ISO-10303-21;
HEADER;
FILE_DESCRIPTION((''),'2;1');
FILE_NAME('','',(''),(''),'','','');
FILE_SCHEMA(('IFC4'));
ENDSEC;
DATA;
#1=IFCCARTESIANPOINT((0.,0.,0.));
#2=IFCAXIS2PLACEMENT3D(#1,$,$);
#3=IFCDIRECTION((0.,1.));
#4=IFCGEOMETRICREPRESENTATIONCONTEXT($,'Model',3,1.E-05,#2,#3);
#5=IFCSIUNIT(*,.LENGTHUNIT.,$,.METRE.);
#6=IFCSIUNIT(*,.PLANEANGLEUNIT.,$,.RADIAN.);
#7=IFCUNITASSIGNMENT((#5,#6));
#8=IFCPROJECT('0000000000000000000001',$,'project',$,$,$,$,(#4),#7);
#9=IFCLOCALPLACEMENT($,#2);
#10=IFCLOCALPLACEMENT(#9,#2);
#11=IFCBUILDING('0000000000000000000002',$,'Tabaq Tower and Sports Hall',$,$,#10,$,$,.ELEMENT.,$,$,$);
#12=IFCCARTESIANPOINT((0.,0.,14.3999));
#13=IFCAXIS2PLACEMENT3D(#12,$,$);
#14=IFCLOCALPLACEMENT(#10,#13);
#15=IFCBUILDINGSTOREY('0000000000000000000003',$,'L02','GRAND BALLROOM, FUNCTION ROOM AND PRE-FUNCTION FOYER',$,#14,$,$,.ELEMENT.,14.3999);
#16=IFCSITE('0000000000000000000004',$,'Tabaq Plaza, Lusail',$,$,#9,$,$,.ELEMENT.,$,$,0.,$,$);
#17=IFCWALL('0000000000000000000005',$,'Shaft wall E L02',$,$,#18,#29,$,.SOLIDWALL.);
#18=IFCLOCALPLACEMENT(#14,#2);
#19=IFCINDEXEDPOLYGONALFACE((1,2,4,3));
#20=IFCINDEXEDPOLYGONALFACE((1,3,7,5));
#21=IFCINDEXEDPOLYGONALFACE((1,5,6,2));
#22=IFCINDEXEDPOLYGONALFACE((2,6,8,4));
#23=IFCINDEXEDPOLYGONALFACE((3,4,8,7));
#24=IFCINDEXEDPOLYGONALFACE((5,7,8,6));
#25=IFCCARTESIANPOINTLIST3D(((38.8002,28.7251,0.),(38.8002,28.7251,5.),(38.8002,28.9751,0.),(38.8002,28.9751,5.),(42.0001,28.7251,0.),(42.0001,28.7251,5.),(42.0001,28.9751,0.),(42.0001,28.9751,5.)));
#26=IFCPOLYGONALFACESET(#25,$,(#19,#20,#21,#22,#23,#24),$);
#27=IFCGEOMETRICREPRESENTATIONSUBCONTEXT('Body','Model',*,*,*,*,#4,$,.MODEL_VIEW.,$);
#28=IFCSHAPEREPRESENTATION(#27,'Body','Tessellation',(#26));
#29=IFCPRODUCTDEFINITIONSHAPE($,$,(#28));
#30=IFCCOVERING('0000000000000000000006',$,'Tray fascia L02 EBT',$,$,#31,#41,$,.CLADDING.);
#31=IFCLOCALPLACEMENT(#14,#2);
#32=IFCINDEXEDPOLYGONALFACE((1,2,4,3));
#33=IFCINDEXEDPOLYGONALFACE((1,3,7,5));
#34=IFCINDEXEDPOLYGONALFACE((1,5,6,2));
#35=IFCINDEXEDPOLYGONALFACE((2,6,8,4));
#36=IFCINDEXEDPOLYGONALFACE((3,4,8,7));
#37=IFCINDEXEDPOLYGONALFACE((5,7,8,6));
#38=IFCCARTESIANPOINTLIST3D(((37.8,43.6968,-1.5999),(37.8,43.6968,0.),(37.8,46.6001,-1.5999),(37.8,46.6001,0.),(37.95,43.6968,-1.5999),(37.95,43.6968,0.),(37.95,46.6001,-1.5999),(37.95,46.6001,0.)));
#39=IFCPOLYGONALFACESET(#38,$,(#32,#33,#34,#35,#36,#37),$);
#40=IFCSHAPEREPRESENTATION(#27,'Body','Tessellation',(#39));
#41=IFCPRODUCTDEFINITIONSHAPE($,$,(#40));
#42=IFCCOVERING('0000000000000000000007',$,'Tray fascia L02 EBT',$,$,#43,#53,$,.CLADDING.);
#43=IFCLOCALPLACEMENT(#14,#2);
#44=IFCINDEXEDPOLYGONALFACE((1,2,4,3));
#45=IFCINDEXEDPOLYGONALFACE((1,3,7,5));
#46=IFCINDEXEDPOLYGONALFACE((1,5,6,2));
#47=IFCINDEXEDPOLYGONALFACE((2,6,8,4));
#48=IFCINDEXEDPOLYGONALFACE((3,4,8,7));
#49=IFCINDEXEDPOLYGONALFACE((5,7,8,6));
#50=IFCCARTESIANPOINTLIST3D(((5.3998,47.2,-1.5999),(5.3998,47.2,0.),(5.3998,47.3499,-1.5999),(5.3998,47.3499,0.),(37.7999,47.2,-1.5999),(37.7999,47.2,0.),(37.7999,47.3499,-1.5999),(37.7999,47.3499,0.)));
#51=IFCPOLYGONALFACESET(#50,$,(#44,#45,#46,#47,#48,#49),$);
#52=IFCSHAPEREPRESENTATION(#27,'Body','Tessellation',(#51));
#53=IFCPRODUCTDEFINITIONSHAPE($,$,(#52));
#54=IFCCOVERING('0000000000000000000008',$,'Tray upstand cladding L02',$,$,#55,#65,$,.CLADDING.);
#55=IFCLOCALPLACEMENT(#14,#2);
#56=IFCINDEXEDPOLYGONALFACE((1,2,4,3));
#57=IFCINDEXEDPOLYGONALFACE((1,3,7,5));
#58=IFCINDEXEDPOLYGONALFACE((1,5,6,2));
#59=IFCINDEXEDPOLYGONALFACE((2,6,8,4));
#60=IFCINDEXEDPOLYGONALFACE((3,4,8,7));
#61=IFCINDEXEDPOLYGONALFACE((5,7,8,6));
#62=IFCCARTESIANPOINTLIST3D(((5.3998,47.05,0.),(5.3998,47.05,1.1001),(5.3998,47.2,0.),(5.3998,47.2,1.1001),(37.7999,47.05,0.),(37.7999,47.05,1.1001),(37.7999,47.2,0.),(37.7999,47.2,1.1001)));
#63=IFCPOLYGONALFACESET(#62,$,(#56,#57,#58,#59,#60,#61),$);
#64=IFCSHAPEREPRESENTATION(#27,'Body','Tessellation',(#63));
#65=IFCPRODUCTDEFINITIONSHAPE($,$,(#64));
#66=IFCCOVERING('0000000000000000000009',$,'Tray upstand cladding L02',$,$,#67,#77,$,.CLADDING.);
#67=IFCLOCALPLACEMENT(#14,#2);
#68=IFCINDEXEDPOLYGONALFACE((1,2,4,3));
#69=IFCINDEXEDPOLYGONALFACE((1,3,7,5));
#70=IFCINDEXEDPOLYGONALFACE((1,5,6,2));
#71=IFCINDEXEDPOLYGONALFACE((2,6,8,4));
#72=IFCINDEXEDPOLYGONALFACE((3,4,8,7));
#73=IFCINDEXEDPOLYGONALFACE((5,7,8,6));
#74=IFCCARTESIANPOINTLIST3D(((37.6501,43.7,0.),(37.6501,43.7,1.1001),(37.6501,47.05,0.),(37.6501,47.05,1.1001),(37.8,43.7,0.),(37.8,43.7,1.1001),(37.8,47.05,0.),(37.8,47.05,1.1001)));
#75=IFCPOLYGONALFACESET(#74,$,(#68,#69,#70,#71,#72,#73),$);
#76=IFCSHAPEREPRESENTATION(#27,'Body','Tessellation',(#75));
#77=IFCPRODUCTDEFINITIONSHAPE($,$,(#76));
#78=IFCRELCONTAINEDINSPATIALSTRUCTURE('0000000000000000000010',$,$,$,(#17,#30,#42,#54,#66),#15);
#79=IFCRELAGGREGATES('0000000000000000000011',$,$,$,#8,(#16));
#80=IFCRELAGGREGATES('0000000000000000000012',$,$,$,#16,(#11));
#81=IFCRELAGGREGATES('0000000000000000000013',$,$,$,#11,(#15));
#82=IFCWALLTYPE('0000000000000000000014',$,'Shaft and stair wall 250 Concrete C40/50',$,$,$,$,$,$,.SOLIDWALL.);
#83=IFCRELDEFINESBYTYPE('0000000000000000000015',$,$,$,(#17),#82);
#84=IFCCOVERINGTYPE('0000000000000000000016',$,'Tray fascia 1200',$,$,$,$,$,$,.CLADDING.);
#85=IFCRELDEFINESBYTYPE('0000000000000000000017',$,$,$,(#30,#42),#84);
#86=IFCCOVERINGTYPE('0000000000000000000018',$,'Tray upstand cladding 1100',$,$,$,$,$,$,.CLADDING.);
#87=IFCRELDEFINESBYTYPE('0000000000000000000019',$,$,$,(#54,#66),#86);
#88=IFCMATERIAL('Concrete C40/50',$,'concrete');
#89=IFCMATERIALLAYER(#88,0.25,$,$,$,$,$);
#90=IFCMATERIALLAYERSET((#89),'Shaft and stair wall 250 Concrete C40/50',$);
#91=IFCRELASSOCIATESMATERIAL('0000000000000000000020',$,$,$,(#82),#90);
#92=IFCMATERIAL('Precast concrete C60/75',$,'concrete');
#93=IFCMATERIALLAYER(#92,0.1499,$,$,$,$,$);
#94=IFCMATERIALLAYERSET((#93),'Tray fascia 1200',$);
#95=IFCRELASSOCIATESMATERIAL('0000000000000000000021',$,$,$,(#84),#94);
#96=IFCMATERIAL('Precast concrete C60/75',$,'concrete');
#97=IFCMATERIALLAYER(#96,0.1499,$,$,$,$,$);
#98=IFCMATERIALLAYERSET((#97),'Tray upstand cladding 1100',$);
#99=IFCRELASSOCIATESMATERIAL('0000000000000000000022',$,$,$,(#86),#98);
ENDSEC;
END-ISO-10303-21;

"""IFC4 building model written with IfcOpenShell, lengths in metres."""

from ifc_helpers import new_model, si_unit, direction, frame, frame_2d, origin, place, context, subcontext, project, spatial, rectangle, extrude, material, layer, layer_set, type_object, element, save


model = new_model("IFC4")

# Units and contexts
model_context = context("Model", 3, precision=1e-05, world=origin(), true_north=direction((0.0, 1.0)))
body_context = subcontext(model_context, "Body", "Model", "MODEL_VIEW")
ifc_project = project(units=[si_unit("LENGTHUNIT", "METRE"), si_unit("PLANEANGLEUNIT", "RADIAN")], contexts=[model_context])

# Site, building, storey
site_placement = place(None, origin())
site = spatial("IfcSite", under=ifc_project, at=site_placement, Name="Tabaq Plaza, Lusail", CompositionType="ELEMENT", RefElevation=0.0)
building_placement = place(site_placement, origin())
building = spatial("IfcBuilding", under=site, at=building_placement, Name="Tabaq Tower and Sports Hall", CompositionType="ELEMENT")
storey_placement = place(building_placement, frame((0.0, 0.0, 14.3999)))
storey = spatial("IfcBuildingStorey", under=building, at=storey_placement, Name="L02", Description="GRAND BALLROOM, FUNCTION ROOM AND PRE-FUNCTION FOYER", CompositionType="ELEMENT", Elevation=14.3999)

# Wall
ifc_material_1 = material(Name="Concrete C40/50", Category="concrete")
ifc_layer_1 = layer(ifc_material_1, 0.25)
ifc_layer_set_1 = layer_set([ifc_layer_1], Name="Shaft and stair wall 250 Concrete C40/50")
wall_type_1 = type_object("IfcWallType", Name="Shaft and stair wall 250 Concrete C40/50", PredefinedType="SOLIDWALL", material=ifc_layer_set_1)
for number, where, z_axis, x_axis, name in (
    (1, (38.8, 28.8501, 0.0), (0.0, 0.0, 1.0), (1.0, 0.0, 0.0), "Shaft wall E L02"),
):
    element("IfcWall", number, at=place(storey_placement, frame(where, z_axis=z_axis, x_axis=x_axis)), inside=storey, type_object=wall_type_1, Name=name, PredefinedType="SOLIDWALL", context=body_context, shape_type="SweptSolid", body=[
        extrude(rectangle(XDim=3.2, YDim=0.25, at=frame_2d((1.6001, 0.0))), origin(), (0.0, 0.0, 1.0), 5.0),
    ])

# Coverings
ifc_material_2 = material(Name="Precast concrete C60/75", Category="concrete")
ifc_layer_2 = layer(ifc_material_2, 0.1499)
ifc_layer_set_2 = layer_set([ifc_layer_2], Name="Tray fascia 1200")
covering_type_1 = type_object("IfcCoveringType", Name="Tray fascia 1200", PredefinedType="CLADDING", material=ifc_layer_set_2)
covering_1_placement = place(storey_placement, frame((37.875, 43.6968, -1.5999), z_axis=(0.0, 0.0, 1.0), x_axis=(0.0, 1.0, 0.0)))
element("IfcCovering", 2, at=covering_1_placement, inside=storey, type_object=covering_type_1, Name="Tray fascia L02 EBT", PredefinedType="CLADDING", context=body_context, shape_type="SweptSolid", body=[
    extrude(rectangle(XDim=2.9033, YDim=0.1499, at=frame_2d((1.4517, 0.0))), origin(), (0.0, 0.0, 1.0), 1.5999),
])
covering_2_placement = place(storey_placement, frame((37.8, 47.2749, -1.5999), z_axis=(0.0, 0.0, 1.0), x_axis=(-1.0, 0.0, 0.0)))
element("IfcCovering", 3, at=covering_2_placement, inside=storey, type_object=covering_type_1, Name="Tray fascia L02 EBT", PredefinedType="CLADDING", context=body_context, shape_type="SweptSolid", body=[
    extrude(rectangle(XDim=32.4001, YDim=0.1499, at=frame_2d((16.2002, 0.0))), origin(), (0.0, 0.0, 1.0), 1.5999),
])
ifc_material_3 = material(Name="Precast concrete C60/75", Category="concrete")
ifc_layer_3 = layer(ifc_material_3, 0.1499)
ifc_layer_set_3 = layer_set([ifc_layer_3], Name="Tray upstand cladding 1100")
covering_type_2 = type_object("IfcCoveringType", Name="Tray upstand cladding 1100", PredefinedType="CLADDING", material=ifc_layer_set_3)
covering_3_placement = place(storey_placement, frame((37.8, 47.125, 0.0), z_axis=(0.0, 0.0, 1.0), x_axis=(-1.0, 0.0, 0.0)))
element("IfcCovering", 4, at=covering_3_placement, inside=storey, type_object=covering_type_2, Name="Tray upstand cladding L02", PredefinedType="CLADDING", context=body_context, shape_type="SweptSolid", body=[
    extrude(rectangle(XDim=32.4001, YDim=0.1499, at=frame_2d((16.2002, 0.0))), origin(), (0.0, 0.0, 1.0), 1.1001),
])
covering_4_placement = place(storey_placement, frame((37.7251, 43.7, 0.0), z_axis=(0.0, 0.0, 1.0), x_axis=(0.0, 1.0, 0.0)))
element("IfcCovering", 5, at=covering_4_placement, inside=storey, type_object=covering_type_2, Name="Tray upstand cladding L02", PredefinedType="CLADDING", context=body_context, shape_type="SweptSolid", body=[
    extrude(rectangle(XDim=3.3501, YDim=0.1499, at=frame_2d((1.675, 0.0))), origin(), (0.0, 0.0, 1.0), 1.1001),
])

save(model, "model.ifc")
